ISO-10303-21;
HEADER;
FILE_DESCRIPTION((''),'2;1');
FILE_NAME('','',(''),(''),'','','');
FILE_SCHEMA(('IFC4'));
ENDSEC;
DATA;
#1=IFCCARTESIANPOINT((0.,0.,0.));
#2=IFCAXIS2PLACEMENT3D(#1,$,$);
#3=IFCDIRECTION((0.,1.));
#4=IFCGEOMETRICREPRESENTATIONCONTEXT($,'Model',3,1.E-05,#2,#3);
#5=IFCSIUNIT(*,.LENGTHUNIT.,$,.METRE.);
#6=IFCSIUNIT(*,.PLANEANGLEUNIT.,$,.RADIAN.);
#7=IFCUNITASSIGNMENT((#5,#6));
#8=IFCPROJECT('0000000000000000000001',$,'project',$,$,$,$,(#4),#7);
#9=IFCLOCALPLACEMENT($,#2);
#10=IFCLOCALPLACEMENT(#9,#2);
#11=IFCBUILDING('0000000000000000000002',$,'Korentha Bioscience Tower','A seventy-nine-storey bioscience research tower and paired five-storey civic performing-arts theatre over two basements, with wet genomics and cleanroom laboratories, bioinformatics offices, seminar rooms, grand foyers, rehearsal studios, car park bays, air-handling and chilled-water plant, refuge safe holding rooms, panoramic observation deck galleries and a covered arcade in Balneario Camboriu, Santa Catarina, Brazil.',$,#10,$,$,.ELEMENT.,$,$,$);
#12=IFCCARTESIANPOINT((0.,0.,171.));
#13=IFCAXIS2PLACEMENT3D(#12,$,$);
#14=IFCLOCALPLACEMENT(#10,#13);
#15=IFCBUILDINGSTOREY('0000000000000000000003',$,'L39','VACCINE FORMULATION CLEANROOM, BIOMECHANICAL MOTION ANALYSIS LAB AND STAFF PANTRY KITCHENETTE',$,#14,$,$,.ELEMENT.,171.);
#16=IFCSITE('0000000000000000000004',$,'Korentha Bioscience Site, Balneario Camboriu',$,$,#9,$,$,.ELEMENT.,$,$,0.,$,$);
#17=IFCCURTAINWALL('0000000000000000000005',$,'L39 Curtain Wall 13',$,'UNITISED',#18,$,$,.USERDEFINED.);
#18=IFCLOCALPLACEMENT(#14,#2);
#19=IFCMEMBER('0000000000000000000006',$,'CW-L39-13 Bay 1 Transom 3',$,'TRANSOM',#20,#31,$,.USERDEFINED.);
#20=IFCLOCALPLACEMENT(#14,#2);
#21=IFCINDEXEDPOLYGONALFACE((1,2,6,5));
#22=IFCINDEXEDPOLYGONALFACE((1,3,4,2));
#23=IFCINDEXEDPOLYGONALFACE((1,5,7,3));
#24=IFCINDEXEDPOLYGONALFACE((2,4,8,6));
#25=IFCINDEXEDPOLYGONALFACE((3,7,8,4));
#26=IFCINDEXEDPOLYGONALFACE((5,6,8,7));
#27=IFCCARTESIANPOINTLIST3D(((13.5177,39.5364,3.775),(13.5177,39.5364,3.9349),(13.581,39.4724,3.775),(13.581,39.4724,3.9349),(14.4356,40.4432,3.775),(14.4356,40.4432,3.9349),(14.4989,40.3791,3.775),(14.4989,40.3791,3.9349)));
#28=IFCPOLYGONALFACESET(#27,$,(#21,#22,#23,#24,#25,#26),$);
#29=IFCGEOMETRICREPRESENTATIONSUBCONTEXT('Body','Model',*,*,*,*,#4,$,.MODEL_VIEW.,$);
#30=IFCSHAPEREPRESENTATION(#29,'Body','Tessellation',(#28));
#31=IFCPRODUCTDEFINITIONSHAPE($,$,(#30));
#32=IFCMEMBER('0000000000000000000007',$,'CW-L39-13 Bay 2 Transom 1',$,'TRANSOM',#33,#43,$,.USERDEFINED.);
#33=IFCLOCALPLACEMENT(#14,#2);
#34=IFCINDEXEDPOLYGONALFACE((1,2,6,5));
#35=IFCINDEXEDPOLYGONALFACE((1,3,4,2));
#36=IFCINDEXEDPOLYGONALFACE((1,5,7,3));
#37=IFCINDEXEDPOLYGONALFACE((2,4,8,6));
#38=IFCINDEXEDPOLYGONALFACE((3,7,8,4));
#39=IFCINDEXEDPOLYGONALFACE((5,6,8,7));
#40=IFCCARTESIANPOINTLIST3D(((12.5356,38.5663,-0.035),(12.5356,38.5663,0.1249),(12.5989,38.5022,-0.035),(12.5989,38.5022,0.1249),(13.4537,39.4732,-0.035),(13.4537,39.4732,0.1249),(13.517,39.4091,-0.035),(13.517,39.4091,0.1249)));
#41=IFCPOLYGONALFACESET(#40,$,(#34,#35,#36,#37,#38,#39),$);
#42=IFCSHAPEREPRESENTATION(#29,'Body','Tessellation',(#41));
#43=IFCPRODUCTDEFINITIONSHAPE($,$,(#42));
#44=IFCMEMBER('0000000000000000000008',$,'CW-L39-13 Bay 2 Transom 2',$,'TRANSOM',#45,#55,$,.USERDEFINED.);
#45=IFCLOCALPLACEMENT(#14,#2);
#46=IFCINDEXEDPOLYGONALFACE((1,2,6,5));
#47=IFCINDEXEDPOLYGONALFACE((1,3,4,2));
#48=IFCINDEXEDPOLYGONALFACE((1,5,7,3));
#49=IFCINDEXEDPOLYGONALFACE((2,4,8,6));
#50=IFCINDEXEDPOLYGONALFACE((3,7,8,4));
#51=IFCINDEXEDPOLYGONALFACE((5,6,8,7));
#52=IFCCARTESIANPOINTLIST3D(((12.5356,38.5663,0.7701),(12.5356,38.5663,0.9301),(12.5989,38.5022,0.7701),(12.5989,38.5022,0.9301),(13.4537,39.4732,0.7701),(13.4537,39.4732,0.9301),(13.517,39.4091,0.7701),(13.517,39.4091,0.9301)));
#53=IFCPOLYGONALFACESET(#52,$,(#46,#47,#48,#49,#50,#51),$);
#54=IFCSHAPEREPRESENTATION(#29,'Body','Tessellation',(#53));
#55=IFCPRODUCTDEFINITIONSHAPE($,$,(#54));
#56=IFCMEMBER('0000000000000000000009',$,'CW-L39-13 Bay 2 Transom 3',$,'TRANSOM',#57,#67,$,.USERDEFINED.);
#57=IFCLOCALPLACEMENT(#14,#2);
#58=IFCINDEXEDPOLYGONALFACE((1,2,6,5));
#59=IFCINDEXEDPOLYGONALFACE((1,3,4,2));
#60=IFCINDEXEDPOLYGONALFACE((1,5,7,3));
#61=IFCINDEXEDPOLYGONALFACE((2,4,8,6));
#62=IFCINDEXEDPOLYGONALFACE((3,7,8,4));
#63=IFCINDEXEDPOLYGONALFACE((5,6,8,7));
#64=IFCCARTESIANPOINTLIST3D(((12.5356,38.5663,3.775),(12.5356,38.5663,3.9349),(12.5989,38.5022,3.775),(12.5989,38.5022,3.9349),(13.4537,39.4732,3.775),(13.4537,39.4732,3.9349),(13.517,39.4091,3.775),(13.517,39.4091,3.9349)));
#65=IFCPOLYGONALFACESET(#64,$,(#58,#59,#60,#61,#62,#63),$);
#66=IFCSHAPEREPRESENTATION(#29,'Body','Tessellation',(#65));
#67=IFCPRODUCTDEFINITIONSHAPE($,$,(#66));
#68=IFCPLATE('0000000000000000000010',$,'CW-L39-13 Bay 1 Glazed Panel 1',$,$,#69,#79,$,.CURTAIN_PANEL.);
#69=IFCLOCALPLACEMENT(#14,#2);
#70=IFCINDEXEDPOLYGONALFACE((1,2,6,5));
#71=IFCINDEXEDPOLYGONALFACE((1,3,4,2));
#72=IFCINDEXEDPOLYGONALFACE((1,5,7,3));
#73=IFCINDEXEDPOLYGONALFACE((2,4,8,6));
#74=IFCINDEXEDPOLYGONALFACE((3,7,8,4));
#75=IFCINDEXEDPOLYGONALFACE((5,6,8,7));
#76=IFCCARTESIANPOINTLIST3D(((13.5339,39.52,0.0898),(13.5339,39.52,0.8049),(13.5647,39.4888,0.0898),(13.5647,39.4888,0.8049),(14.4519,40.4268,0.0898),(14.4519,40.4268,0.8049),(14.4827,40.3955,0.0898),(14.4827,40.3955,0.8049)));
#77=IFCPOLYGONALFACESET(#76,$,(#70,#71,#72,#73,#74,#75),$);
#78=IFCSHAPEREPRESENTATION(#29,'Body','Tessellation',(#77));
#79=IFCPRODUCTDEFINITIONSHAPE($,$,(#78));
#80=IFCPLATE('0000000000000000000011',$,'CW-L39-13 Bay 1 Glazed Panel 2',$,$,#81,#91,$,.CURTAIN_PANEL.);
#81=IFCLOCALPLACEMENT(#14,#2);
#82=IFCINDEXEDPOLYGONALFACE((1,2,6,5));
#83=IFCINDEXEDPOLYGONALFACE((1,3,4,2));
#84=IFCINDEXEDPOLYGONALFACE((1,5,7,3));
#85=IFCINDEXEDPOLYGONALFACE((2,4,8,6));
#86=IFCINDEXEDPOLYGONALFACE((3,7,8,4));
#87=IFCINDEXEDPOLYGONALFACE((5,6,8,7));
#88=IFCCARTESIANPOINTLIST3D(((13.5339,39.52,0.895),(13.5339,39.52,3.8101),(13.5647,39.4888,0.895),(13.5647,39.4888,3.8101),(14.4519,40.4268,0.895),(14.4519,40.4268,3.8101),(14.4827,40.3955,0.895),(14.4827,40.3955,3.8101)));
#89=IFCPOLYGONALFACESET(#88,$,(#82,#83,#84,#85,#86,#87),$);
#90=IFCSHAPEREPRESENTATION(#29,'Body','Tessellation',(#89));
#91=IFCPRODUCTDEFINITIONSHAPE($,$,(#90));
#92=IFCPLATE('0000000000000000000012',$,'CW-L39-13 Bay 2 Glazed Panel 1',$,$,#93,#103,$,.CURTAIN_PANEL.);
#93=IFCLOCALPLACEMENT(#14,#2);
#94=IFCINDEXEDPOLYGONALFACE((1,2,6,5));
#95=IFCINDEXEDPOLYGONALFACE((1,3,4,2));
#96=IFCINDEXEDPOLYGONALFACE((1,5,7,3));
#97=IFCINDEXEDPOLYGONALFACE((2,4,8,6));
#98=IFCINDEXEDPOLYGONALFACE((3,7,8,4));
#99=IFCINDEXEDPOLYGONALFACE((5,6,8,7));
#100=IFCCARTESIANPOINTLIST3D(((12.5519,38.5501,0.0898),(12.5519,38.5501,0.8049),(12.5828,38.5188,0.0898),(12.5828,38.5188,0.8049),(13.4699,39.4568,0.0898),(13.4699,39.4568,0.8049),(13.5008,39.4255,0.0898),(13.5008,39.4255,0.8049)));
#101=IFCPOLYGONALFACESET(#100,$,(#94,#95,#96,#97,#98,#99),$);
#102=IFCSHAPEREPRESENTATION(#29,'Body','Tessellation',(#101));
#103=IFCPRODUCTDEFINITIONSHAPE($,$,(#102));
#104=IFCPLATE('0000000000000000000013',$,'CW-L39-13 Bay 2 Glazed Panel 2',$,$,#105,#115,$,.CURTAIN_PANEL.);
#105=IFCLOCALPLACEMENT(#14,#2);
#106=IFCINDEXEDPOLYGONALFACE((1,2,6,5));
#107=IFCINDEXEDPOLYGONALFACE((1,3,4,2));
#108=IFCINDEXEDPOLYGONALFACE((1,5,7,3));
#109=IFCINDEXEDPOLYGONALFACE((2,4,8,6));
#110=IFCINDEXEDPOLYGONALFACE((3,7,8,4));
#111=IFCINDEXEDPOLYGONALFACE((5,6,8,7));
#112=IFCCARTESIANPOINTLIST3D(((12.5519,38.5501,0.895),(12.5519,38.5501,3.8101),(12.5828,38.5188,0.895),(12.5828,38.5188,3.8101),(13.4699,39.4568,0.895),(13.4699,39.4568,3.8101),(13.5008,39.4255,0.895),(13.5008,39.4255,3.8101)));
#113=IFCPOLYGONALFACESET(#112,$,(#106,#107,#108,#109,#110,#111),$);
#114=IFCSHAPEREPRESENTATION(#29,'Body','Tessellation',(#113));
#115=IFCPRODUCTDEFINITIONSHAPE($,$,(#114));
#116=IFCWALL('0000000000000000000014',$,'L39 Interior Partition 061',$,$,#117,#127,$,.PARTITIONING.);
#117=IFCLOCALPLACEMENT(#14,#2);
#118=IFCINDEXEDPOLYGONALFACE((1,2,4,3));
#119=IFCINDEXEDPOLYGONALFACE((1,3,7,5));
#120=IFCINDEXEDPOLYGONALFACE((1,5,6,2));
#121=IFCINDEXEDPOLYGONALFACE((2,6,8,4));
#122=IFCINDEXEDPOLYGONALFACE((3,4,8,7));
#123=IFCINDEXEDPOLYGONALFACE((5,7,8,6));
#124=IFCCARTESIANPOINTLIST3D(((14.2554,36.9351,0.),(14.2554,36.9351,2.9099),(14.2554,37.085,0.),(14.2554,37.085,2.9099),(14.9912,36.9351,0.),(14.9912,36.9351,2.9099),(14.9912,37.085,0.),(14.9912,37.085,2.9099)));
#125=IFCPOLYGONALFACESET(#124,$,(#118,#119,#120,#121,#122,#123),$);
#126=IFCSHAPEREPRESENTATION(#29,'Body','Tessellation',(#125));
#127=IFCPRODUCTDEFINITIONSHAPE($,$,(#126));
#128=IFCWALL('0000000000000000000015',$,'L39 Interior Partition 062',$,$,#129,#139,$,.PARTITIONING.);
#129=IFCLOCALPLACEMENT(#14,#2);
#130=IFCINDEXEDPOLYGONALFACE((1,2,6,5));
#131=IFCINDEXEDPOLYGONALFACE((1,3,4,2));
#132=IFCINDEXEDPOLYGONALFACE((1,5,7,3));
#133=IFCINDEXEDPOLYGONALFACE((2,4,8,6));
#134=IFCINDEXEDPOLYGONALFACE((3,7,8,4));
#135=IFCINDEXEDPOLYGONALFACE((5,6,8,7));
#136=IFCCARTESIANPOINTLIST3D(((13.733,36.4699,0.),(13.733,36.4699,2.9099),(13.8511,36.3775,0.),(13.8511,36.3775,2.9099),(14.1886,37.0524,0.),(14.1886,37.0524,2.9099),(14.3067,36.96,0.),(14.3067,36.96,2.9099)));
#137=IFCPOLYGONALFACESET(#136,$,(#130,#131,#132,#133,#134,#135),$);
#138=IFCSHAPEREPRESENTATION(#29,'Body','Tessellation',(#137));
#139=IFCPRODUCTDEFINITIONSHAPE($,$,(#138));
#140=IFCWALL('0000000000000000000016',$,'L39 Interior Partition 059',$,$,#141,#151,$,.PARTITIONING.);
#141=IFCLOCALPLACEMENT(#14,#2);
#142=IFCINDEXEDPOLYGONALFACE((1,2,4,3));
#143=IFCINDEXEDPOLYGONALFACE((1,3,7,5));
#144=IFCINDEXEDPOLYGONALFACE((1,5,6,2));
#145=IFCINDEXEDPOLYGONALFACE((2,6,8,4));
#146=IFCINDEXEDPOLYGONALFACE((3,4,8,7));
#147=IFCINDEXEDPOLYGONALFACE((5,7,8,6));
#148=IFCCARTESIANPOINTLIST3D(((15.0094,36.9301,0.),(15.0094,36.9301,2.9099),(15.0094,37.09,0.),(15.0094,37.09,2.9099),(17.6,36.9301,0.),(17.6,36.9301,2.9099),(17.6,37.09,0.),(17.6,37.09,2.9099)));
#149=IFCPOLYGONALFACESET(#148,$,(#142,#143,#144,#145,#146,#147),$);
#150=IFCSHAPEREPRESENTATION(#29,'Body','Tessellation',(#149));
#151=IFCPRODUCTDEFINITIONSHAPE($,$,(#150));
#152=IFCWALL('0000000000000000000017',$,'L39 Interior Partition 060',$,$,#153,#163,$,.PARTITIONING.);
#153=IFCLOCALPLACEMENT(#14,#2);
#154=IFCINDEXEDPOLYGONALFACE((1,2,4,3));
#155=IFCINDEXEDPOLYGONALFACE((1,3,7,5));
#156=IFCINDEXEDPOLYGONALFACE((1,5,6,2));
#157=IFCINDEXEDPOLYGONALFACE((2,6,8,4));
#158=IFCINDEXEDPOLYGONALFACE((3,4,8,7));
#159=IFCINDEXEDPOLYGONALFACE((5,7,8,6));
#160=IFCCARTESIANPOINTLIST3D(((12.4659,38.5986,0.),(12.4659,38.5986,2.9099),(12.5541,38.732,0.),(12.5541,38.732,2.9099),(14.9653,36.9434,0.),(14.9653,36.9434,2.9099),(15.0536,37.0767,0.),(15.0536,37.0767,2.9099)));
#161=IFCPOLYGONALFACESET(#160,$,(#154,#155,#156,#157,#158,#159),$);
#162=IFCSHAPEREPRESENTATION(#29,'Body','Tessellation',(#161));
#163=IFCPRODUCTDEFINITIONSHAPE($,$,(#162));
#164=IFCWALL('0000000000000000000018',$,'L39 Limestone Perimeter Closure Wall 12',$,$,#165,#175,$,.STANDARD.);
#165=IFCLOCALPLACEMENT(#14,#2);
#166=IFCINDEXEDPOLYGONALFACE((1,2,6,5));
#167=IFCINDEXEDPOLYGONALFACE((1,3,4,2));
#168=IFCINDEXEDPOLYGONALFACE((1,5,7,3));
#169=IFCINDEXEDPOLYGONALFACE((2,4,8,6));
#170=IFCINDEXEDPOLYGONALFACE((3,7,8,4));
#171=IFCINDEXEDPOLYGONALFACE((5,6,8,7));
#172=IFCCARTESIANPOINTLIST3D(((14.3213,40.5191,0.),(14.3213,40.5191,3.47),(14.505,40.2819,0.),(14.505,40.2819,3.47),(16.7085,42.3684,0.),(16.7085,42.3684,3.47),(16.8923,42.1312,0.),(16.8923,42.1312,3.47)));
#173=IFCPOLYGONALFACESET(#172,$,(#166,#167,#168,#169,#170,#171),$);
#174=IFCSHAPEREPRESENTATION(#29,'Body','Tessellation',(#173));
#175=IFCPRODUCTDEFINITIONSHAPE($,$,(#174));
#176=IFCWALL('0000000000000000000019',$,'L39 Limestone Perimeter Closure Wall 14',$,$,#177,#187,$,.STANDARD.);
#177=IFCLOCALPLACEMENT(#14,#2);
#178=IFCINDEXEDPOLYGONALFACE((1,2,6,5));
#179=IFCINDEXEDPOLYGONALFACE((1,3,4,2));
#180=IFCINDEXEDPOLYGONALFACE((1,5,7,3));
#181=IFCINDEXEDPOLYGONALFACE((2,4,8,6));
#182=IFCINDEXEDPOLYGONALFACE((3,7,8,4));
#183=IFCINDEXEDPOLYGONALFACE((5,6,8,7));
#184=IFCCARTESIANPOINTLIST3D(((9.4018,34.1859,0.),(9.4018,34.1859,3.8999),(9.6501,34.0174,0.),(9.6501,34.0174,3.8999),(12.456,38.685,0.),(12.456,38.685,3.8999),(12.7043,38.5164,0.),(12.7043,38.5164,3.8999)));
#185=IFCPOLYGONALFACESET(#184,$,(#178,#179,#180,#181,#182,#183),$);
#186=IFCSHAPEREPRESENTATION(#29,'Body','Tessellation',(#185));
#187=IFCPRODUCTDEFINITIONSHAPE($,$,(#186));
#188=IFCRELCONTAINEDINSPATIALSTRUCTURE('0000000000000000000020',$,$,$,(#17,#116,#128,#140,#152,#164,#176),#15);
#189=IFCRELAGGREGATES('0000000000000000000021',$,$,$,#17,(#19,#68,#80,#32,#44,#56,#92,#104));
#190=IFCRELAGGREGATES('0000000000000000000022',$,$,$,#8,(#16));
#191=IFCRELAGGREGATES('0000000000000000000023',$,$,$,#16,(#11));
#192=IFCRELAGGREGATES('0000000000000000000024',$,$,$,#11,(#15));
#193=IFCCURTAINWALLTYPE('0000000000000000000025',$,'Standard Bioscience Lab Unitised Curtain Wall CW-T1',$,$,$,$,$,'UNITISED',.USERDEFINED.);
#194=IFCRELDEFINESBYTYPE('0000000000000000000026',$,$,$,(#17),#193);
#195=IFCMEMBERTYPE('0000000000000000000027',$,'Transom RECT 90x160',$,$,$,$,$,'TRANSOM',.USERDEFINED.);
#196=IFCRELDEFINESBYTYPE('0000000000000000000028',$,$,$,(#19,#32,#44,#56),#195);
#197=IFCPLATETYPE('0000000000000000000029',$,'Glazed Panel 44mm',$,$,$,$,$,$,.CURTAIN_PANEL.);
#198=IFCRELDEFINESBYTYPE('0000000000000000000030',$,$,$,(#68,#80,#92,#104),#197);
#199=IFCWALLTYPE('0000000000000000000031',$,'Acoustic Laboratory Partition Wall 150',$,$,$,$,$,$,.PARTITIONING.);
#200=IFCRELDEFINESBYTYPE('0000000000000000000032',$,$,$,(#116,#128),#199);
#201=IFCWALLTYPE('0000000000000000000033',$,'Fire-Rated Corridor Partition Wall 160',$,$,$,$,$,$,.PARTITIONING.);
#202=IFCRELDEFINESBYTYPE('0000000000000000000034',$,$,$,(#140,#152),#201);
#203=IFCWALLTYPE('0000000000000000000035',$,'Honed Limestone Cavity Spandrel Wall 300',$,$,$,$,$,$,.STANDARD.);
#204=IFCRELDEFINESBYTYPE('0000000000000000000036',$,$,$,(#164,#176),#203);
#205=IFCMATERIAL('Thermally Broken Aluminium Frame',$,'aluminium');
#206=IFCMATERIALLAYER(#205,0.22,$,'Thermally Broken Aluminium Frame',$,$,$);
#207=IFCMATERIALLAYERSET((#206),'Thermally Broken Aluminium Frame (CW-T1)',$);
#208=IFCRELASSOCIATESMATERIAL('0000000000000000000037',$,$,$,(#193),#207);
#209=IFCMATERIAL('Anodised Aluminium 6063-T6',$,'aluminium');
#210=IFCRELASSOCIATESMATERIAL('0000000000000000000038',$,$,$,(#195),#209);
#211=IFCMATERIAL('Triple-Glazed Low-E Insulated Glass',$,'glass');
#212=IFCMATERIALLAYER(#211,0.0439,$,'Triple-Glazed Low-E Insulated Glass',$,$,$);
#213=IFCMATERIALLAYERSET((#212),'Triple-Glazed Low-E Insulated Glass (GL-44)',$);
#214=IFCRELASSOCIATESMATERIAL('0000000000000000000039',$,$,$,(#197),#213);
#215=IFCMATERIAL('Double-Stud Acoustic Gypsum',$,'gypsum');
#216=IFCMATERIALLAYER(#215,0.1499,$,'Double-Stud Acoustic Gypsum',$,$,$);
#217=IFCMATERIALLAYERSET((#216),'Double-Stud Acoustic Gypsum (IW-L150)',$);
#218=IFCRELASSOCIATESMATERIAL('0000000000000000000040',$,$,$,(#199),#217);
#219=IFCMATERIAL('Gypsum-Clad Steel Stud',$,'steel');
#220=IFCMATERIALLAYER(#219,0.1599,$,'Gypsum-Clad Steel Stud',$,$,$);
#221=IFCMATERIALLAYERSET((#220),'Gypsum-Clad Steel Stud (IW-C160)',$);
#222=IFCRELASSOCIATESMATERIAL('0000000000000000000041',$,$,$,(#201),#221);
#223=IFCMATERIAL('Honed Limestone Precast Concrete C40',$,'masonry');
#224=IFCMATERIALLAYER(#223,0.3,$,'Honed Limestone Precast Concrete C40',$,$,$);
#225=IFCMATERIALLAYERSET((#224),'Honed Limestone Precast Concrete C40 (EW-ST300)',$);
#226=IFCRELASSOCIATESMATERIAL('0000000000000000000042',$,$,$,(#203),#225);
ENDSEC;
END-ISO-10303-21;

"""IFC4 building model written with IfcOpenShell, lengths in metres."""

from ifc_helpers import new_model, si_unit, direction, frame, frame_2d, origin, origin_2d, place, context, subcontext, project, spatial, rectangle, extrude, material, layer, layer_set, material_profile, profile_set, type_object, element, aggregate, save


model = new_model("IFC4")

# Units and contexts
model_context = context("Model", 3, precision=1e-05, world=origin(), true_north=direction((0.0, 1.0)))
body_context = subcontext(model_context, "Body", "Model", "MODEL_VIEW")
ifc_project = project(units=[si_unit("LENGTHUNIT", "METRE"), si_unit("PLANEANGLEUNIT", "RADIAN")], contexts=[model_context])

# Site, building, storey
site_placement = place(None, origin())
site = spatial("IfcSite", under=ifc_project, at=site_placement, Name="Korentha Bioscience Site, Balneario Camboriu", CompositionType="ELEMENT", RefElevation=0.0)
building_placement = place(site_placement, origin())
building = spatial("IfcBuilding", under=site, at=building_placement, Name="Korentha Bioscience Tower", Description="A seventy-nine-storey bioscience research tower and paired five-storey civic performing-arts theatre over two basements, with wet genomics and cleanroom laboratories, bioinformatics offices, seminar rooms, grand foyers, rehearsal studios, car park bays, air-handling and chilled-water plant, refuge safe holding rooms, panoramic observation deck galleries and a covered arcade in Balneario Camboriu, Santa Catarina, Brazil.", CompositionType="ELEMENT")
storey_placement = place(building_placement, frame((0.0, 0.0, 171.0)))
storey = spatial("IfcBuildingStorey", under=building, at=storey_placement, Name="L39", Description="VACCINE FORMULATION CLEANROOM, BIOMECHANICAL MOTION ANALYSIS LAB AND STAFF PANTRY KITCHENETTE", CompositionType="ELEMENT", Elevation=171.0)

# Curtain wall
ifc_material_1 = material(Name="Thermally Broken Aluminium Frame", Category="aluminium")
ifc_layer_1 = layer(ifc_material_1, 0.22, Name="Thermally Broken Aluminium Frame")
ifc_layer_set_1 = layer_set([ifc_layer_1], Name="Thermally Broken Aluminium Frame (CW-T1)")
curtain_wall_type = type_object("IfcCurtainWallType", Name="Standard Bioscience Lab Unitised Curtain Wall CW-T1", ElementType="UNITISED", PredefinedType="USERDEFINED", material=ifc_layer_set_1)
curtain_wall_placement = place(storey_placement, origin())
curtain_wall = element("IfcCurtainWall", 1, at=curtain_wall_placement, inside=storey, type_object=curtain_wall_type, Name="L39 Curtain Wall 13", ObjectType="UNITISED", PredefinedType="USERDEFINED")
ifc_material_2 = material(Name="Anodised Aluminium 6063-T6", Category="aluminium")

# Members
ifc_material_profile_1 = material_profile(ifc_material_2, rectangle(XDim=0.0901, YDim=0.1599, at=origin_2d()), Name="Anodised Aluminium 6063-T6")
ifc_profile_set_1 = profile_set([ifc_material_profile_1], Name="Anodised Aluminium 6063-T6 (CW-TRN)")
member_type_1 = type_object("IfcMemberType", Name="Transom RECT 90x160", ElementType="TRANSOM", PredefinedType="USERDEFINED", material=ifc_profile_set_1)
member_1_placement = place(storey_placement, frame((14.4673, 40.4111, 3.855), z_axis=(-0.711445, -0.702741, 0.0), x_axis=(0.702741, -0.711445, 0.0)))
member_1 = element("IfcMember", 2, at=member_1_placement, type_object=member_type_1, Name="CW-L39-13 Bay 1 Transom 3", ObjectType="TRANSOM", PredefinedType="USERDEFINED", context=body_context, shape_type="SweptSolid", body=[
    extrude(rectangle(XDim=0.0901, YDim=0.1599, at=origin_2d()), origin(), (0.0, 0.0, 1.0), 1.2903),
])
member_2_placement = place(storey_placement, frame((13.4854, 39.4412, 0.0449), z_axis=(-0.711444, -0.702743, 0.0), x_axis=(0.702743, -0.711444, 0.0)))
member_2 = element("IfcMember", 3, at=member_2_placement, type_object=member_type_1, Name="CW-L39-13 Bay 2 Transom 1", ObjectType="TRANSOM", PredefinedType="USERDEFINED", context=body_context, shape_type="SweptSolid", body=[
    extrude(rectangle(XDim=0.0901, YDim=0.1599, at=origin_2d()), origin(), (0.0, 0.0, 1.0), 1.2905),
])
member_3_placement = place(storey_placement, frame((13.4854, 39.4412, 0.8501), z_axis=(-0.711444, -0.702743, 0.0), x_axis=(0.702743, -0.711444, 0.0)))
member_3 = element("IfcMember", 4, at=member_3_placement, type_object=member_type_1, Name="CW-L39-13 Bay 2 Transom 2", ObjectType="TRANSOM", PredefinedType="USERDEFINED", context=body_context, shape_type="SweptSolid", body=[
    extrude(rectangle(XDim=0.0901, YDim=0.1599, at=origin_2d()), origin(), (0.0, 0.0, 1.0), 1.2905),
])
member_4_placement = place(storey_placement, frame((13.4854, 39.4412, 3.855), z_axis=(-0.711444, -0.702743, 0.0), x_axis=(0.702743, -0.711444, 0.0)))
member_4 = element("IfcMember", 5, at=member_4_placement, type_object=member_type_1, Name="CW-L39-13 Bay 2 Transom 3", ObjectType="TRANSOM", PredefinedType="USERDEFINED", context=body_context, shape_type="SweptSolid", body=[
    extrude(rectangle(XDim=0.0901, YDim=0.1599, at=origin_2d()), origin(), (0.0, 0.0, 1.0), 1.2905),
])

# Plates
ifc_material_3 = material(Name="Triple-Glazed Low-E Insulated Glass", Category="glass")
ifc_layer_2 = layer(ifc_material_3, 0.0439, Name="Triple-Glazed Low-E Insulated Glass")
ifc_layer_set_2 = layer_set([ifc_layer_2], Name="Triple-Glazed Low-E Insulated Glass (GL-44)")
plate_type = type_object("IfcPlateType", Name="Glazed Panel 44mm", PredefinedType="CURTAIN_PANEL", material=ifc_layer_set_2)
plate_1_placement = place(storey_placement, frame((14.0083, 39.9578, 0.0898), z_axis=(0.0, 0.0, 1.0), x_axis=(-0.711461, -0.702726, 0.0)))
plate_1 = element("IfcPlate", 6, at=plate_1_placement, type_object=plate_type, Name="CW-L39-13 Bay 1 Glazed Panel 1", PredefinedType="CURTAIN_PANEL", context=body_context, shape_type="SweptSolid", body=[
    extrude(rectangle(XDim=1.2903, YDim=0.0439, at=origin_2d()), origin(), (0.0, 0.0, 1.0), 0.7151),
])
plate_2_placement = place(storey_placement, frame((14.0083, 39.9578, 0.895), z_axis=(0.0, 0.0, 1.0), x_axis=(-0.711461, -0.702726, 0.0)))
plate_2 = element("IfcPlate", 7, at=plate_2_placement, type_object=plate_type, Name="CW-L39-13 Bay 1 Glazed Panel 2", PredefinedType="CURTAIN_PANEL", context=body_context, shape_type="SweptSolid", body=[
    extrude(rectangle(XDim=1.2903, YDim=0.0439, at=origin_2d()), origin(), (0.0, 0.0, 1.0), 2.915),
])
plate_3_placement = place(storey_placement, frame((13.0264, 38.9878, 0.0898), z_axis=(0.0, 0.0, 1.0), x_axis=(-0.711461, -0.702726, 0.0)))
plate_3 = element("IfcPlate", 8, at=plate_3_placement, type_object=plate_type, Name="CW-L39-13 Bay 2 Glazed Panel 1", PredefinedType="CURTAIN_PANEL", context=body_context, shape_type="SweptSolid", body=[
    extrude(rectangle(XDim=1.2903, YDim=0.0439, at=origin_2d()), origin(), (0.0, 0.0, 1.0), 0.7151),
])
plate_4_placement = place(storey_placement, frame((13.0264, 38.9878, 0.895), z_axis=(0.0, 0.0, 1.0), x_axis=(-0.711461, -0.702726, 0.0)))
plate_4 = element("IfcPlate", 9, at=plate_4_placement, type_object=plate_type, Name="CW-L39-13 Bay 2 Glazed Panel 2", PredefinedType="CURTAIN_PANEL", context=body_context, shape_type="SweptSolid", body=[
    extrude(rectangle(XDim=1.2903, YDim=0.0439, at=origin_2d()), origin(), (0.0, 0.0, 1.0), 2.915),
])
aggregate(curtain_wall, [member_1, plate_1, plate_2, member_2, member_3, member_4, plate_3, plate_4])

# Shared definitions
ifc_material_4 = material(Name="Double-Stud Acoustic Gypsum", Category="gypsum")
ifc_layer_3 = layer(ifc_material_4, 0.1499, Name="Double-Stud Acoustic Gypsum")
ifc_layer_set_3 = layer_set([ifc_layer_3], Name="Double-Stud Acoustic Gypsum (IW-L150)")
wall_type_1 = type_object("IfcWallType", Name="Acoustic Laboratory Partition Wall 150", PredefinedType="PARTITIONING", material=ifc_layer_set_3)

# Walls
wall_1_placement = place(storey_placement, frame((14.9912, 37.01, 0.0), z_axis=(0.0, 0.0, 1.0), x_axis=(-1.0, 0.0, 0.0)))
element("IfcWall", 10, at=wall_1_placement, inside=storey, type_object=wall_type_1, Name="L39 Interior Partition 061", PredefinedType="PARTITIONING", context=body_context, shape_type="SweptSolid", body=[
    extrude(rectangle(XDim=0.7358, YDim=0.1499, at=frame_2d((0.3679, 0.0))), origin(), (0.0, 0.0, 1.0), 2.9099),
])
wall_2_placement = place(storey_placement, frame((14.2476, 37.0061, 0.0), z_axis=(0.0, 0.0, 1.0), x_axis=(-0.616041, -0.787714, 0.0)))
element("IfcWall", 11, at=wall_2_placement, inside=storey, type_object=wall_type_1, Name="L39 Interior Partition 062", PredefinedType="PARTITIONING", context=body_context, shape_type="SweptSolid", body=[
    extrude(rectangle(XDim=0.7395, YDim=0.1499, at=frame_2d((0.3696, 0.0))), origin(), (0.0, 0.0, 1.0), 2.9099),
])
ifc_material_5 = material(Name="Gypsum-Clad Steel Stud", Category="steel")
ifc_layer_4 = layer(ifc_material_5, 0.1599, Name="Gypsum-Clad Steel Stud")
ifc_layer_set_4 = layer_set([ifc_layer_4], Name="Gypsum-Clad Steel Stud (IW-C160)")
wall_type_2 = type_object("IfcWallType", Name="Fire-Rated Corridor Partition Wall 160", PredefinedType="PARTITIONING", material=ifc_layer_set_4)
wall_3_placement = place(storey_placement, frame((17.6001, 37.01, 0.0), z_axis=(0.0, 0.0, 1.0), x_axis=(-1.0, 0.0, 0.0)))
element("IfcWall", 12, at=wall_3_placement, inside=storey, type_object=wall_type_2, Name="L39 Interior Partition 059", PredefinedType="PARTITIONING", context=body_context, shape_type="SweptSolid", body=[
    extrude(rectangle(XDim=2.5906, YDim=0.1599, at=frame_2d((1.2954, 0.0))), origin(), (0.0, 0.0, 1.0), 2.9099),
])
wall_4_placement = place(storey_placement, frame((15.0095, 37.01, 0.0), z_axis=(0.0, 0.0, 1.0), x_axis=(-0.83375, 0.552142, 0.0)))
element("IfcWall", 13, at=wall_4_placement, inside=storey, type_object=wall_type_2, Name="L39 Interior Partition 060", PredefinedType="PARTITIONING", context=body_context, shape_type="SweptSolid", body=[
    extrude(rectangle(XDim=2.9978, YDim=0.1599, at=frame_2d((1.499, 0.0))), origin(), (0.0, 0.0, 1.0), 2.9099),
])
ifc_material_6 = material(Name="Honed Limestone Precast Concrete C40", Category="masonry")
ifc_layer_5 = layer(ifc_material_6, 0.3, Name="Honed Limestone Precast Concrete C40")
ifc_layer_set_5 = layer_set([ifc_layer_5], Name="Honed Limestone Precast Concrete C40 (EW-ST300)")
wall_type_3 = type_object("IfcWallType", Name="Honed Limestone Cavity Spandrel Wall 300", PredefinedType="STANDARD", material=ifc_layer_set_5)
wall_5_placement = place(storey_placement, frame((16.8003, 42.2498, 0.0), z_axis=(0.0, 0.0, 1.0), x_axis=(-0.790531, -0.612423, 0.0)))
element("IfcWall", 14, at=wall_5_placement, inside=storey, type_object=wall_type_3, Name="L39 Limestone Perimeter Closure Wall 12", PredefinedType="STANDARD", context=body_context, shape_type="SweptSolid", body=[
    extrude(rectangle(XDim=3.0198, YDim=0.3, at=frame_2d((1.5098, 0.0))), origin(), (0.0, 0.0, 1.0), 3.47),
])
wall_6_placement = place(storey_placement, frame((12.5801, 38.6006, 0.0), z_axis=(0.0, 0.0, 1.0), x_axis=(-0.561664, -0.827365, 0.0)))
element("IfcWall", 15, at=wall_6_placement, inside=storey, type_object=wall_type_3, Name="L39 Limestone Perimeter Closure Wall 14", PredefinedType="STANDARD", context=body_context, shape_type="SweptSolid", body=[
    extrude(rectangle(XDim=5.4377, YDim=0.3, at=frame_2d((2.7188, 0.0))), origin(), (0.0, 0.0, 1.0), 3.8999),
])

save(model, "model.ifc")
